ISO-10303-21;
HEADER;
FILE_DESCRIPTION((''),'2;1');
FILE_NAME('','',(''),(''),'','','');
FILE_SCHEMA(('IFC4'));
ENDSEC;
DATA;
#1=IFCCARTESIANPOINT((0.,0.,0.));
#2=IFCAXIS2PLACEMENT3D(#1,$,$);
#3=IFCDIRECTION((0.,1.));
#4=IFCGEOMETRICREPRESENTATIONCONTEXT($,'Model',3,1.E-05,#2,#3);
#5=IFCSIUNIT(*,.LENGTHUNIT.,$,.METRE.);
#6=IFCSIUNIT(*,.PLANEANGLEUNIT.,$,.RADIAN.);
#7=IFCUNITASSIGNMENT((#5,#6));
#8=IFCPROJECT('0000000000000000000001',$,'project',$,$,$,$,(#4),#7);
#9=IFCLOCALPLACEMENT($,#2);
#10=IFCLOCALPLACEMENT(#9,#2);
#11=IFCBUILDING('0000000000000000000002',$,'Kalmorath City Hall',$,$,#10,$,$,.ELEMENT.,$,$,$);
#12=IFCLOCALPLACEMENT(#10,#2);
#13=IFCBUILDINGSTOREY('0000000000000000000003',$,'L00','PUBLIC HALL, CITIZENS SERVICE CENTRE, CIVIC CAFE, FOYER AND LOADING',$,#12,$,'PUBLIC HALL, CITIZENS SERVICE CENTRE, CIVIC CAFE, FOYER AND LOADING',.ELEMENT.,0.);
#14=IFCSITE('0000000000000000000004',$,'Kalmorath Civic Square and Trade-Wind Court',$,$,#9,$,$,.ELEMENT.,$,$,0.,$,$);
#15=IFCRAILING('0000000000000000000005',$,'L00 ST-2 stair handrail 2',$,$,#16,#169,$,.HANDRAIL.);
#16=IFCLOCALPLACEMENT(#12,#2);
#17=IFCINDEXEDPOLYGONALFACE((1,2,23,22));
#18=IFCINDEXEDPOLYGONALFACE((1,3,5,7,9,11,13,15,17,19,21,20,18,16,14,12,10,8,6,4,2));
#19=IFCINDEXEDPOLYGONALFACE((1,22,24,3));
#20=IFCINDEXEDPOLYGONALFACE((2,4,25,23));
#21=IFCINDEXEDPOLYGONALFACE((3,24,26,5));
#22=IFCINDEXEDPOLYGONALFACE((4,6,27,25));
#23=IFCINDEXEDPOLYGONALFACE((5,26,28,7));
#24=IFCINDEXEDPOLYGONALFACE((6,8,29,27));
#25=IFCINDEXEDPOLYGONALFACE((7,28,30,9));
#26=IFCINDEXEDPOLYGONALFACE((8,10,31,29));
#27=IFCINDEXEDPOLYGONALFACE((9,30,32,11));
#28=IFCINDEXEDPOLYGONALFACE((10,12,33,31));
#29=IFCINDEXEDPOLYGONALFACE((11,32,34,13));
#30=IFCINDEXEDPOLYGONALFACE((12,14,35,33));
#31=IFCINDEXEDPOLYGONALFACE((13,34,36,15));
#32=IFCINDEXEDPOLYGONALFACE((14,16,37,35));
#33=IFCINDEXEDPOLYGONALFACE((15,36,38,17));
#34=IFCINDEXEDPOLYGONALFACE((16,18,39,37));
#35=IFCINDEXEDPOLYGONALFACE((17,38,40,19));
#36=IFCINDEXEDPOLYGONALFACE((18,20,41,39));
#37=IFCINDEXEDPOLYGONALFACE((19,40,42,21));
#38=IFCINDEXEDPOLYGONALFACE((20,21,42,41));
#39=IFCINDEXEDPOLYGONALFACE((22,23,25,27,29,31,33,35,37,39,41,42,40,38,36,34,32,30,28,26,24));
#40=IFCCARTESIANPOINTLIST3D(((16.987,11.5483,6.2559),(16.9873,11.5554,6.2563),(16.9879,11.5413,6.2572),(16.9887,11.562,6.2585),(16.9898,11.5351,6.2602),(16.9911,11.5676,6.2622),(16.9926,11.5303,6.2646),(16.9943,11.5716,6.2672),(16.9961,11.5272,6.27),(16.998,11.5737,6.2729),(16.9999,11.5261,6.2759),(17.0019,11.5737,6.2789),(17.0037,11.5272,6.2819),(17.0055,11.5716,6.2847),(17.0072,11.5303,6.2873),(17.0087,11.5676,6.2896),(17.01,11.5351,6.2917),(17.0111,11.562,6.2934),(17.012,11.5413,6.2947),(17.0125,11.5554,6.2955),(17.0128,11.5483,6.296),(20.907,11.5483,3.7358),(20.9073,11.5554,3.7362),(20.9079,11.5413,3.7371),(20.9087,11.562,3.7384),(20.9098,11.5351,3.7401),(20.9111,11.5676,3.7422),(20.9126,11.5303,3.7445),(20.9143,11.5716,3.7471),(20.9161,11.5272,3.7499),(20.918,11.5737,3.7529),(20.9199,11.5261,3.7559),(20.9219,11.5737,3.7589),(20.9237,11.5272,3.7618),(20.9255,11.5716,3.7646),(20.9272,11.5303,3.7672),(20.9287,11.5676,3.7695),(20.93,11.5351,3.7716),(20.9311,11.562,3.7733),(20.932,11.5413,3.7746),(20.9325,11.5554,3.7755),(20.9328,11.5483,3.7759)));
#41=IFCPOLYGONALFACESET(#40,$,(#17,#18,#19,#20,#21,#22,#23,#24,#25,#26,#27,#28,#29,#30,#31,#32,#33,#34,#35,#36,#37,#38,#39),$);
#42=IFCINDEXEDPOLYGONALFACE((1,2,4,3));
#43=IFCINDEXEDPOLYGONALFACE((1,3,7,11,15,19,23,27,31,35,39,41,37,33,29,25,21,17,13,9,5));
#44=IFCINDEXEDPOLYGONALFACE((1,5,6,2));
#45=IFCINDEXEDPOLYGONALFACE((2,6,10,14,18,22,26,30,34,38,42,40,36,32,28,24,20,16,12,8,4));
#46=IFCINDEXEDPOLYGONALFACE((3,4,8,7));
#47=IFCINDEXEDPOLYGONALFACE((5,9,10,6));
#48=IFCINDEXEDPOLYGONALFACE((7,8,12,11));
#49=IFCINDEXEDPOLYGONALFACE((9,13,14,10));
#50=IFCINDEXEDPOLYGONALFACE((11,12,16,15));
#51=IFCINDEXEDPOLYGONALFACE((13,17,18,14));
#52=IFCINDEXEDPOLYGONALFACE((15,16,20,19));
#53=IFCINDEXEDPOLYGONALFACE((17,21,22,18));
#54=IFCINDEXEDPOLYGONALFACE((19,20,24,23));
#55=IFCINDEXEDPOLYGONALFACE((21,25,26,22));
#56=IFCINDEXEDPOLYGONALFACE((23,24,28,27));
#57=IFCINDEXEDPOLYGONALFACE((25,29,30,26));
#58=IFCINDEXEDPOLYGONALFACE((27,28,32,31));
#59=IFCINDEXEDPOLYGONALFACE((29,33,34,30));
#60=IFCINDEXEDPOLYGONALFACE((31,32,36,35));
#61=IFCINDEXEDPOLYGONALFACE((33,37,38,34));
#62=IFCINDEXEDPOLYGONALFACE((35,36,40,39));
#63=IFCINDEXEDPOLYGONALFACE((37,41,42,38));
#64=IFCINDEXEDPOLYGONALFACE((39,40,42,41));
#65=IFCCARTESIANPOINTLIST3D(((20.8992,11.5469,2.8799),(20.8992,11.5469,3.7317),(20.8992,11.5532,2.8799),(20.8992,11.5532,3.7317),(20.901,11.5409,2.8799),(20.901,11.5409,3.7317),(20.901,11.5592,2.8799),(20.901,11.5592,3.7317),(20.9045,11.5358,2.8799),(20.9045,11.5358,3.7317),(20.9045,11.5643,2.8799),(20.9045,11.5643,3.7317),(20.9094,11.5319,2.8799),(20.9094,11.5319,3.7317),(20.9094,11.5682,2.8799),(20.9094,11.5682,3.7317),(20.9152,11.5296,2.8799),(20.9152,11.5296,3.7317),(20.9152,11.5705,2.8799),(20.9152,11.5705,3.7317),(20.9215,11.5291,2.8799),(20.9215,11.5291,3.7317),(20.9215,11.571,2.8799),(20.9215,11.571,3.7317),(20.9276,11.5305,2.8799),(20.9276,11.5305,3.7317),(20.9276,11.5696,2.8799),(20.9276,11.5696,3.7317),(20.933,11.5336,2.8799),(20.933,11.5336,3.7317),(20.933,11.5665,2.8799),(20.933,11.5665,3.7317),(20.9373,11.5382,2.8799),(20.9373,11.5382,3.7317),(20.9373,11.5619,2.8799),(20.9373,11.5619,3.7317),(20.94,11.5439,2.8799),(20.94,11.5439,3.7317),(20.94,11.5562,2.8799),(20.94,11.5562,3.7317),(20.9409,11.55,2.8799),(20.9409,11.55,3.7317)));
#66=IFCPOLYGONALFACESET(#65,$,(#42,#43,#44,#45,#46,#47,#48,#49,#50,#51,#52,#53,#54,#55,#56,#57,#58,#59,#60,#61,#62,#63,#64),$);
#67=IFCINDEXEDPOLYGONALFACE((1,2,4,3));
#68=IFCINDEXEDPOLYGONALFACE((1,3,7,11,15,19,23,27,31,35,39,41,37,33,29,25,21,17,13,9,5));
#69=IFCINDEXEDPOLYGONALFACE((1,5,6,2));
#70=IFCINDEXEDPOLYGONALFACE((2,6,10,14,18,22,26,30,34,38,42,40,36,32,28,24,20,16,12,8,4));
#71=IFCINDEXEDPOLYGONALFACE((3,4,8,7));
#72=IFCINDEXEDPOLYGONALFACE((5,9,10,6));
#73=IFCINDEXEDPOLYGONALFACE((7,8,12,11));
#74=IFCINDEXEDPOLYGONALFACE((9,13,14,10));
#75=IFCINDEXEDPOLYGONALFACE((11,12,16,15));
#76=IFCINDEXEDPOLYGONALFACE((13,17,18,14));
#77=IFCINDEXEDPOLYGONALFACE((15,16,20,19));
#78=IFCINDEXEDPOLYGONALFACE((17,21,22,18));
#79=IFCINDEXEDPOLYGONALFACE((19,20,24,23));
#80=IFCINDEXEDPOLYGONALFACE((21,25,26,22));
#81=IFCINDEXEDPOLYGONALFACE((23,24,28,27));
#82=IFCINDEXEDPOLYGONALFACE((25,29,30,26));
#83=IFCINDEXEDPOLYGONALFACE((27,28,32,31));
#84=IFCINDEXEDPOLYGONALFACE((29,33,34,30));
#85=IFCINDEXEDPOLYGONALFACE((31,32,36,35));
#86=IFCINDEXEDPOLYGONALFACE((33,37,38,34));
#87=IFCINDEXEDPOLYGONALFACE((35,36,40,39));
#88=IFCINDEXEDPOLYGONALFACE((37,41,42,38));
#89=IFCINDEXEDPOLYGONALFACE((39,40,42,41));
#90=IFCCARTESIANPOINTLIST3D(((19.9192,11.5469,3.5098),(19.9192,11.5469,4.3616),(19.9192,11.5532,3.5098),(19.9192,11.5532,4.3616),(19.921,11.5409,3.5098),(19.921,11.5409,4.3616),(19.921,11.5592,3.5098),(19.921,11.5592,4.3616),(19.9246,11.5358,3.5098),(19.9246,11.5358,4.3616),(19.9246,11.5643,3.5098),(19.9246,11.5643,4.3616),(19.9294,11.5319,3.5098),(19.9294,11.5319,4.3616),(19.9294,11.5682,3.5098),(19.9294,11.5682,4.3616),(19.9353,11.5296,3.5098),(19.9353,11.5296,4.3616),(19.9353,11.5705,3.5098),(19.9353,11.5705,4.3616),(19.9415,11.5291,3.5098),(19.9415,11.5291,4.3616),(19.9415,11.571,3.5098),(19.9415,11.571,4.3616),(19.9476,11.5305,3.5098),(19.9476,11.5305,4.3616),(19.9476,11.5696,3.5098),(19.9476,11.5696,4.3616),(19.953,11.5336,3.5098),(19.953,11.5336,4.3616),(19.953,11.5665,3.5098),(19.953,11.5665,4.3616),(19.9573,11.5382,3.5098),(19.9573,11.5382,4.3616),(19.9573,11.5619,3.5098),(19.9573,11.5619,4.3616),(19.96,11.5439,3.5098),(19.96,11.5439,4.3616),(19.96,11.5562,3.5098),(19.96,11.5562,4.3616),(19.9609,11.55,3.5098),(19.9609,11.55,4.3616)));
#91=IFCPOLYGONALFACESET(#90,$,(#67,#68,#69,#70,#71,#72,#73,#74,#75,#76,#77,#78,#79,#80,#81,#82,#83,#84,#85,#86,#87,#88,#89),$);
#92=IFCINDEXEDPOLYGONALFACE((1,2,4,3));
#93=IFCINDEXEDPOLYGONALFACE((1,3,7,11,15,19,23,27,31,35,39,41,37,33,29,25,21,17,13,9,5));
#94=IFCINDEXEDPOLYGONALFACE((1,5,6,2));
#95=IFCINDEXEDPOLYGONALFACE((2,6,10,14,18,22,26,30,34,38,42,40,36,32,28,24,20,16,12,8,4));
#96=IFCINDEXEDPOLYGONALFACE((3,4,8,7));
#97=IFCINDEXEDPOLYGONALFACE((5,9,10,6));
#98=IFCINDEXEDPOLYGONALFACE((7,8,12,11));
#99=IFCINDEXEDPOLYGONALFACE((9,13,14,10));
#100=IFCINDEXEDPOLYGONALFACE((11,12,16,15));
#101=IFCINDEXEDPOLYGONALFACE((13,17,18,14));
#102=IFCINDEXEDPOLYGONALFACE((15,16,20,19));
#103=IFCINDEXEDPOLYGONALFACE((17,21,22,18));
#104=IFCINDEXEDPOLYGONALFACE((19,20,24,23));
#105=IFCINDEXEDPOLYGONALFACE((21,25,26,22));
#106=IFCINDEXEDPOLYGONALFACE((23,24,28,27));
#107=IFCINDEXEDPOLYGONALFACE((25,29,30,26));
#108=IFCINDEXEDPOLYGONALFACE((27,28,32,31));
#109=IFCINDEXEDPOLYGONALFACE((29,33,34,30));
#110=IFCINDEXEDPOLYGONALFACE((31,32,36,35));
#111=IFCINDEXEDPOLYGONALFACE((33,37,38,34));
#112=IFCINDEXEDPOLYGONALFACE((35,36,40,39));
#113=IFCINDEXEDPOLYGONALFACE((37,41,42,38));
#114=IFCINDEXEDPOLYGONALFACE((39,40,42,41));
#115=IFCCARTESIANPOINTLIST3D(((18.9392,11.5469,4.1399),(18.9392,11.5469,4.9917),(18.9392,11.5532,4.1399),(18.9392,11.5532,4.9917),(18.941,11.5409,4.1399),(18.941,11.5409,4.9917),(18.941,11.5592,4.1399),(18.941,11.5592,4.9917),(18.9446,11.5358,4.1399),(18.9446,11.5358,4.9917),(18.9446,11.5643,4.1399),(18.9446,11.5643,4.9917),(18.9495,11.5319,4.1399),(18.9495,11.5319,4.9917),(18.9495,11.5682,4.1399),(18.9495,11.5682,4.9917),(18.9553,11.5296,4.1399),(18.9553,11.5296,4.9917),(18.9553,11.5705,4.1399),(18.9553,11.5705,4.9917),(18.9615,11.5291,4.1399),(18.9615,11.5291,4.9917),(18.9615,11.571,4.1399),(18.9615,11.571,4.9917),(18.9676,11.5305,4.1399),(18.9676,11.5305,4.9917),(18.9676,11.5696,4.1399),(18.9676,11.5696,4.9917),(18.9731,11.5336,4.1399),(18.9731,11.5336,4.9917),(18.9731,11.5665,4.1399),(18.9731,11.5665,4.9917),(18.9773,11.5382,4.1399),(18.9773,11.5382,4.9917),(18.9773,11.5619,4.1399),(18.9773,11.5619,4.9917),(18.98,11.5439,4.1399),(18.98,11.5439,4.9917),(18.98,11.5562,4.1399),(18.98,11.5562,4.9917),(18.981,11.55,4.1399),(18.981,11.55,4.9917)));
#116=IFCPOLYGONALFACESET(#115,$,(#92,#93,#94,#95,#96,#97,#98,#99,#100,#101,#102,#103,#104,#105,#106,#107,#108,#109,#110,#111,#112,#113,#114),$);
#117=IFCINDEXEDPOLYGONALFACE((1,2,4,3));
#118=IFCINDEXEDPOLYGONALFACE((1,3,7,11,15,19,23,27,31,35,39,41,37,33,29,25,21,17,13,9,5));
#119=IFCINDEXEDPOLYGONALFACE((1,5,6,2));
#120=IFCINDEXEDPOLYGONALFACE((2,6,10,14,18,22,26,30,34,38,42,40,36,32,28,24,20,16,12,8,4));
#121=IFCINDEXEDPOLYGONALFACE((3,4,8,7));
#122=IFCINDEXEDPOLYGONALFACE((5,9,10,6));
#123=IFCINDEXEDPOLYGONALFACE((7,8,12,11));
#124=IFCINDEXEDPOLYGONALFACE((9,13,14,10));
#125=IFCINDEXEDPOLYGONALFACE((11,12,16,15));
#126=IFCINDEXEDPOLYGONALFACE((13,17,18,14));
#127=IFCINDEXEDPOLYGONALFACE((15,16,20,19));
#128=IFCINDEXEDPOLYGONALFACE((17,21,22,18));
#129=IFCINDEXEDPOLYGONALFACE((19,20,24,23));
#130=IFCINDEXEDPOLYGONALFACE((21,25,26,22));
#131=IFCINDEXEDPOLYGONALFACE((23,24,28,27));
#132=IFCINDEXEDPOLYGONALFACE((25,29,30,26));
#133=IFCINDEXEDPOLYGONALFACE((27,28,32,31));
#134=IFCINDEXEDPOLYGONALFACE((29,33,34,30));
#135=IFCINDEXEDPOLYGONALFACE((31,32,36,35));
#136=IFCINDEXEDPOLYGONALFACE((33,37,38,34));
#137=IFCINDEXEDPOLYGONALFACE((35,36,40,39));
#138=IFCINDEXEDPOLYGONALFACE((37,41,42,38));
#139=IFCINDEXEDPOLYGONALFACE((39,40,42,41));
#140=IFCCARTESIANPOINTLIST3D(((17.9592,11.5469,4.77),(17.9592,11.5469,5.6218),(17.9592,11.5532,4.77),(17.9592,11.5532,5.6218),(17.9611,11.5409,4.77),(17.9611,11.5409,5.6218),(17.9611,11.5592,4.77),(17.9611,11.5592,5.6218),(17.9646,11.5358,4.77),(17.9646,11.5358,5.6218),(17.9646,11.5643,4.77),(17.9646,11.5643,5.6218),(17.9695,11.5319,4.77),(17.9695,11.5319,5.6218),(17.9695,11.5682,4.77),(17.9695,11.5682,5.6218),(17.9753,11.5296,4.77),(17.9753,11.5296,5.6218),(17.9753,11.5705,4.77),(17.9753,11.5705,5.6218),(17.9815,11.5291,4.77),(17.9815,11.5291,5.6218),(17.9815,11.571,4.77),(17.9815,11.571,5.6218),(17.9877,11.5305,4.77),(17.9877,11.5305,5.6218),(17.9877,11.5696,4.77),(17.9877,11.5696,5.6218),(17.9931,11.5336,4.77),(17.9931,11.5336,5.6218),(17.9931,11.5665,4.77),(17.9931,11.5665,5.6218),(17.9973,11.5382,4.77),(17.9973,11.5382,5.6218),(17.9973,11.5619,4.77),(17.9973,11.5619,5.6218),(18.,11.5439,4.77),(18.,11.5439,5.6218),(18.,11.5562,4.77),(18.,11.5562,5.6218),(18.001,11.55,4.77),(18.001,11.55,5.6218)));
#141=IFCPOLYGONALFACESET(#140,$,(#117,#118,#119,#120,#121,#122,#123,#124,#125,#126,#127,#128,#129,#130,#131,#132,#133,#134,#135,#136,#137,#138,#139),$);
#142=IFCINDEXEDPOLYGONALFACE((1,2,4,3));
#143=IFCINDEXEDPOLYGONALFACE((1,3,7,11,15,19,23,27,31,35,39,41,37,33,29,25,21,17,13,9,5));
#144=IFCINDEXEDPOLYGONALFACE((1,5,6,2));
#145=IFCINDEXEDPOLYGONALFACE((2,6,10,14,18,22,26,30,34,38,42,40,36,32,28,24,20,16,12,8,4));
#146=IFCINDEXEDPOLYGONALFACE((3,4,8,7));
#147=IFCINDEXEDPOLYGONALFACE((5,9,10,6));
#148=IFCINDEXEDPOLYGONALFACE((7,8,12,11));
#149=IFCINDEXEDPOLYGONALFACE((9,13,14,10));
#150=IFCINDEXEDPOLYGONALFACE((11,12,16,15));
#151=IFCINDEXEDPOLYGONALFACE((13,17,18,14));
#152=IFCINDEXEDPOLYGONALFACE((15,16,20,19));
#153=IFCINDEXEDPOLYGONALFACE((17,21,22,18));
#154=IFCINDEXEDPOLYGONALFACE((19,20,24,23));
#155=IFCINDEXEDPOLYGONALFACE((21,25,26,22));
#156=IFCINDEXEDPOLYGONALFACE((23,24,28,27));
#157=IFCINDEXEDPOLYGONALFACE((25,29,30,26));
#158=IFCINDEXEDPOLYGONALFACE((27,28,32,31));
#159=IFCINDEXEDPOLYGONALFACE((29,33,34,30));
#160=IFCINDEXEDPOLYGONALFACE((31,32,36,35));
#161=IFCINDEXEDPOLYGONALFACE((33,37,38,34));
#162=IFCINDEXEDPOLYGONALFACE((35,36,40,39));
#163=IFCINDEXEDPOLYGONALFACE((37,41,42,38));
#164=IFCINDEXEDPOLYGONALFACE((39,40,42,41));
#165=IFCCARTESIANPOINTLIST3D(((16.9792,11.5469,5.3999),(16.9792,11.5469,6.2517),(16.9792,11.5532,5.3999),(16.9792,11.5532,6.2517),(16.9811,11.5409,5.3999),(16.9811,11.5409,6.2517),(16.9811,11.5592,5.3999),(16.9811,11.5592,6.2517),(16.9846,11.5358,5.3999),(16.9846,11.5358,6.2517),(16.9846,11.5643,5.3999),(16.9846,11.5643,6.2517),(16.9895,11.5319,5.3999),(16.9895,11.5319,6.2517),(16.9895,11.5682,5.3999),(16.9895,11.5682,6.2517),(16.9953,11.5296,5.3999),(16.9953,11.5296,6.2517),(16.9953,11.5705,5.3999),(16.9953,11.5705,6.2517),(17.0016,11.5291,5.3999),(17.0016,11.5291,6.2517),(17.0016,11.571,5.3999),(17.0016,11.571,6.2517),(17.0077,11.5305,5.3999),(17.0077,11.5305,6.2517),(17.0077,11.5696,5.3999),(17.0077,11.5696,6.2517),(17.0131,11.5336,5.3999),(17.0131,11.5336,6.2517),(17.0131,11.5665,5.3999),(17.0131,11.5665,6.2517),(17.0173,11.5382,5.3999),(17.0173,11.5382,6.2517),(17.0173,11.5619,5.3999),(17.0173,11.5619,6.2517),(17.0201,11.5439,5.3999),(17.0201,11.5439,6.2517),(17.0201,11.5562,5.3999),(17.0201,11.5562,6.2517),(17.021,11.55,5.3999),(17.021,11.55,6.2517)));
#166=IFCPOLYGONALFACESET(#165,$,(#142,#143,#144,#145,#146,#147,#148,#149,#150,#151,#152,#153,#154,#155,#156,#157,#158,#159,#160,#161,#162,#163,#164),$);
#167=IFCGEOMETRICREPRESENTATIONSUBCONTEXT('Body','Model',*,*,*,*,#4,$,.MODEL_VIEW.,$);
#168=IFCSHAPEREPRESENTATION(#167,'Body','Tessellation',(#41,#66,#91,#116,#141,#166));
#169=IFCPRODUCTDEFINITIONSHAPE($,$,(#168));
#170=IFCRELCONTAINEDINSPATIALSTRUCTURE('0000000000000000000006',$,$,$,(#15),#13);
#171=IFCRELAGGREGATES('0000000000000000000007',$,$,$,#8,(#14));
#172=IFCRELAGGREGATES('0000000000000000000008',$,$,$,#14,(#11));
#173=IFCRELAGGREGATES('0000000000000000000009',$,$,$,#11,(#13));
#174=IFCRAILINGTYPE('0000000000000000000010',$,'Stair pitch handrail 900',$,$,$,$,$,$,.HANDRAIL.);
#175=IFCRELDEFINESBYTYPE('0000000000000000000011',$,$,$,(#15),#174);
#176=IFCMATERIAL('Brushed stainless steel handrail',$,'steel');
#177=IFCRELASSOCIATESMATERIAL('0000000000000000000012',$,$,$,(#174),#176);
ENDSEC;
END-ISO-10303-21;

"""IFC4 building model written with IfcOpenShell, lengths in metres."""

from ifc_helpers import new_model, si_unit, direction, frame, origin, origin_2d, place, context, subcontext, project, spatial, circle, extrude, material, type_object, element, save


model = new_model("IFC4")

# Units and contexts
model_context = context("Model", 3, precision=1e-05, world=origin(), true_north=direction((0.0, 1.0)))
body_context = subcontext(model_context, "Body", "Model", "MODEL_VIEW")
ifc_project = project(units=[si_unit("LENGTHUNIT", "METRE"), si_unit("PLANEANGLEUNIT", "RADIAN")], contexts=[model_context])

# Site, building, storey
site_placement = place(None, origin())
site = spatial("IfcSite", under=ifc_project, at=site_placement, Name="Kalmorath Civic Square and Trade-Wind Court", CompositionType="ELEMENT", RefElevation=0.0)
building_placement = place(site_placement, origin())
building = spatial("IfcBuilding", under=site, at=building_placement, Name="Kalmorath City Hall", CompositionType="ELEMENT")
storey_placement = place(building_placement, origin())
storey = spatial("IfcBuildingStorey", under=building, at=storey_placement, Name="L00", Description="PUBLIC HALL, CITIZENS SERVICE CENTRE, CIVIC CAFE, FOYER AND LOADING", LongName="PUBLIC HALL, CITIZENS SERVICE CENTRE, CIVIC CAFE, FOYER AND LOADING", CompositionType="ELEMENT", Elevation=0.0)

# Railing
ifc_material_1 = material(Name="Brushed stainless steel handrail", Category="steel")
railing_type_1 = type_object("IfcRailingType", Name="Stair pitch handrail 900", PredefinedType="HANDRAIL", material=ifc_material_1)
railing_1_placement = place(storey_placement, frame((20.9199, 11.55, 2.8799)))
element("IfcRailing", 1, at=railing_1_placement, inside=storey, type_object=railing_type_1, Name="L00 ST-2 stair handrail 2", PredefinedType="HANDRAIL", context=body_context, shape_type="SweptSolid", body=[
    extrude(circle(Radius=0.0239, at=origin_2d()), frame((0.0, 0.0, 0.876), z_axis=(-0.841172, 0.0, 0.540768), x_axis=(0.0, -1.0, 0.0)), (0.0, 0.0, 1.0), 4.6602),
    extrude(circle(Radius=0.021, at=origin_2d()), origin(), (0.0, 0.0, 1.0), 0.8518),
    extrude(circle(Radius=0.021, at=origin_2d()), frame((-0.98, 0.0, 0.6299)), (0.0, 0.0, 1.0), 0.8518),
    extrude(circle(Radius=0.021, at=origin_2d()), frame((-1.96, 0.0, 1.26)), (0.0, 0.0, 1.0), 0.8518),
    extrude(circle(Radius=0.021, at=origin_2d()), frame((-2.9399, 0.0, 1.8901)), (0.0, 0.0, 1.0), 0.8518),
    extrude(circle(Radius=0.021, at=origin_2d()), frame((-3.9199, 0.0, 2.52)), (0.0, 0.0, 1.0), 0.8518),
])

save(model, "model.ifc")
